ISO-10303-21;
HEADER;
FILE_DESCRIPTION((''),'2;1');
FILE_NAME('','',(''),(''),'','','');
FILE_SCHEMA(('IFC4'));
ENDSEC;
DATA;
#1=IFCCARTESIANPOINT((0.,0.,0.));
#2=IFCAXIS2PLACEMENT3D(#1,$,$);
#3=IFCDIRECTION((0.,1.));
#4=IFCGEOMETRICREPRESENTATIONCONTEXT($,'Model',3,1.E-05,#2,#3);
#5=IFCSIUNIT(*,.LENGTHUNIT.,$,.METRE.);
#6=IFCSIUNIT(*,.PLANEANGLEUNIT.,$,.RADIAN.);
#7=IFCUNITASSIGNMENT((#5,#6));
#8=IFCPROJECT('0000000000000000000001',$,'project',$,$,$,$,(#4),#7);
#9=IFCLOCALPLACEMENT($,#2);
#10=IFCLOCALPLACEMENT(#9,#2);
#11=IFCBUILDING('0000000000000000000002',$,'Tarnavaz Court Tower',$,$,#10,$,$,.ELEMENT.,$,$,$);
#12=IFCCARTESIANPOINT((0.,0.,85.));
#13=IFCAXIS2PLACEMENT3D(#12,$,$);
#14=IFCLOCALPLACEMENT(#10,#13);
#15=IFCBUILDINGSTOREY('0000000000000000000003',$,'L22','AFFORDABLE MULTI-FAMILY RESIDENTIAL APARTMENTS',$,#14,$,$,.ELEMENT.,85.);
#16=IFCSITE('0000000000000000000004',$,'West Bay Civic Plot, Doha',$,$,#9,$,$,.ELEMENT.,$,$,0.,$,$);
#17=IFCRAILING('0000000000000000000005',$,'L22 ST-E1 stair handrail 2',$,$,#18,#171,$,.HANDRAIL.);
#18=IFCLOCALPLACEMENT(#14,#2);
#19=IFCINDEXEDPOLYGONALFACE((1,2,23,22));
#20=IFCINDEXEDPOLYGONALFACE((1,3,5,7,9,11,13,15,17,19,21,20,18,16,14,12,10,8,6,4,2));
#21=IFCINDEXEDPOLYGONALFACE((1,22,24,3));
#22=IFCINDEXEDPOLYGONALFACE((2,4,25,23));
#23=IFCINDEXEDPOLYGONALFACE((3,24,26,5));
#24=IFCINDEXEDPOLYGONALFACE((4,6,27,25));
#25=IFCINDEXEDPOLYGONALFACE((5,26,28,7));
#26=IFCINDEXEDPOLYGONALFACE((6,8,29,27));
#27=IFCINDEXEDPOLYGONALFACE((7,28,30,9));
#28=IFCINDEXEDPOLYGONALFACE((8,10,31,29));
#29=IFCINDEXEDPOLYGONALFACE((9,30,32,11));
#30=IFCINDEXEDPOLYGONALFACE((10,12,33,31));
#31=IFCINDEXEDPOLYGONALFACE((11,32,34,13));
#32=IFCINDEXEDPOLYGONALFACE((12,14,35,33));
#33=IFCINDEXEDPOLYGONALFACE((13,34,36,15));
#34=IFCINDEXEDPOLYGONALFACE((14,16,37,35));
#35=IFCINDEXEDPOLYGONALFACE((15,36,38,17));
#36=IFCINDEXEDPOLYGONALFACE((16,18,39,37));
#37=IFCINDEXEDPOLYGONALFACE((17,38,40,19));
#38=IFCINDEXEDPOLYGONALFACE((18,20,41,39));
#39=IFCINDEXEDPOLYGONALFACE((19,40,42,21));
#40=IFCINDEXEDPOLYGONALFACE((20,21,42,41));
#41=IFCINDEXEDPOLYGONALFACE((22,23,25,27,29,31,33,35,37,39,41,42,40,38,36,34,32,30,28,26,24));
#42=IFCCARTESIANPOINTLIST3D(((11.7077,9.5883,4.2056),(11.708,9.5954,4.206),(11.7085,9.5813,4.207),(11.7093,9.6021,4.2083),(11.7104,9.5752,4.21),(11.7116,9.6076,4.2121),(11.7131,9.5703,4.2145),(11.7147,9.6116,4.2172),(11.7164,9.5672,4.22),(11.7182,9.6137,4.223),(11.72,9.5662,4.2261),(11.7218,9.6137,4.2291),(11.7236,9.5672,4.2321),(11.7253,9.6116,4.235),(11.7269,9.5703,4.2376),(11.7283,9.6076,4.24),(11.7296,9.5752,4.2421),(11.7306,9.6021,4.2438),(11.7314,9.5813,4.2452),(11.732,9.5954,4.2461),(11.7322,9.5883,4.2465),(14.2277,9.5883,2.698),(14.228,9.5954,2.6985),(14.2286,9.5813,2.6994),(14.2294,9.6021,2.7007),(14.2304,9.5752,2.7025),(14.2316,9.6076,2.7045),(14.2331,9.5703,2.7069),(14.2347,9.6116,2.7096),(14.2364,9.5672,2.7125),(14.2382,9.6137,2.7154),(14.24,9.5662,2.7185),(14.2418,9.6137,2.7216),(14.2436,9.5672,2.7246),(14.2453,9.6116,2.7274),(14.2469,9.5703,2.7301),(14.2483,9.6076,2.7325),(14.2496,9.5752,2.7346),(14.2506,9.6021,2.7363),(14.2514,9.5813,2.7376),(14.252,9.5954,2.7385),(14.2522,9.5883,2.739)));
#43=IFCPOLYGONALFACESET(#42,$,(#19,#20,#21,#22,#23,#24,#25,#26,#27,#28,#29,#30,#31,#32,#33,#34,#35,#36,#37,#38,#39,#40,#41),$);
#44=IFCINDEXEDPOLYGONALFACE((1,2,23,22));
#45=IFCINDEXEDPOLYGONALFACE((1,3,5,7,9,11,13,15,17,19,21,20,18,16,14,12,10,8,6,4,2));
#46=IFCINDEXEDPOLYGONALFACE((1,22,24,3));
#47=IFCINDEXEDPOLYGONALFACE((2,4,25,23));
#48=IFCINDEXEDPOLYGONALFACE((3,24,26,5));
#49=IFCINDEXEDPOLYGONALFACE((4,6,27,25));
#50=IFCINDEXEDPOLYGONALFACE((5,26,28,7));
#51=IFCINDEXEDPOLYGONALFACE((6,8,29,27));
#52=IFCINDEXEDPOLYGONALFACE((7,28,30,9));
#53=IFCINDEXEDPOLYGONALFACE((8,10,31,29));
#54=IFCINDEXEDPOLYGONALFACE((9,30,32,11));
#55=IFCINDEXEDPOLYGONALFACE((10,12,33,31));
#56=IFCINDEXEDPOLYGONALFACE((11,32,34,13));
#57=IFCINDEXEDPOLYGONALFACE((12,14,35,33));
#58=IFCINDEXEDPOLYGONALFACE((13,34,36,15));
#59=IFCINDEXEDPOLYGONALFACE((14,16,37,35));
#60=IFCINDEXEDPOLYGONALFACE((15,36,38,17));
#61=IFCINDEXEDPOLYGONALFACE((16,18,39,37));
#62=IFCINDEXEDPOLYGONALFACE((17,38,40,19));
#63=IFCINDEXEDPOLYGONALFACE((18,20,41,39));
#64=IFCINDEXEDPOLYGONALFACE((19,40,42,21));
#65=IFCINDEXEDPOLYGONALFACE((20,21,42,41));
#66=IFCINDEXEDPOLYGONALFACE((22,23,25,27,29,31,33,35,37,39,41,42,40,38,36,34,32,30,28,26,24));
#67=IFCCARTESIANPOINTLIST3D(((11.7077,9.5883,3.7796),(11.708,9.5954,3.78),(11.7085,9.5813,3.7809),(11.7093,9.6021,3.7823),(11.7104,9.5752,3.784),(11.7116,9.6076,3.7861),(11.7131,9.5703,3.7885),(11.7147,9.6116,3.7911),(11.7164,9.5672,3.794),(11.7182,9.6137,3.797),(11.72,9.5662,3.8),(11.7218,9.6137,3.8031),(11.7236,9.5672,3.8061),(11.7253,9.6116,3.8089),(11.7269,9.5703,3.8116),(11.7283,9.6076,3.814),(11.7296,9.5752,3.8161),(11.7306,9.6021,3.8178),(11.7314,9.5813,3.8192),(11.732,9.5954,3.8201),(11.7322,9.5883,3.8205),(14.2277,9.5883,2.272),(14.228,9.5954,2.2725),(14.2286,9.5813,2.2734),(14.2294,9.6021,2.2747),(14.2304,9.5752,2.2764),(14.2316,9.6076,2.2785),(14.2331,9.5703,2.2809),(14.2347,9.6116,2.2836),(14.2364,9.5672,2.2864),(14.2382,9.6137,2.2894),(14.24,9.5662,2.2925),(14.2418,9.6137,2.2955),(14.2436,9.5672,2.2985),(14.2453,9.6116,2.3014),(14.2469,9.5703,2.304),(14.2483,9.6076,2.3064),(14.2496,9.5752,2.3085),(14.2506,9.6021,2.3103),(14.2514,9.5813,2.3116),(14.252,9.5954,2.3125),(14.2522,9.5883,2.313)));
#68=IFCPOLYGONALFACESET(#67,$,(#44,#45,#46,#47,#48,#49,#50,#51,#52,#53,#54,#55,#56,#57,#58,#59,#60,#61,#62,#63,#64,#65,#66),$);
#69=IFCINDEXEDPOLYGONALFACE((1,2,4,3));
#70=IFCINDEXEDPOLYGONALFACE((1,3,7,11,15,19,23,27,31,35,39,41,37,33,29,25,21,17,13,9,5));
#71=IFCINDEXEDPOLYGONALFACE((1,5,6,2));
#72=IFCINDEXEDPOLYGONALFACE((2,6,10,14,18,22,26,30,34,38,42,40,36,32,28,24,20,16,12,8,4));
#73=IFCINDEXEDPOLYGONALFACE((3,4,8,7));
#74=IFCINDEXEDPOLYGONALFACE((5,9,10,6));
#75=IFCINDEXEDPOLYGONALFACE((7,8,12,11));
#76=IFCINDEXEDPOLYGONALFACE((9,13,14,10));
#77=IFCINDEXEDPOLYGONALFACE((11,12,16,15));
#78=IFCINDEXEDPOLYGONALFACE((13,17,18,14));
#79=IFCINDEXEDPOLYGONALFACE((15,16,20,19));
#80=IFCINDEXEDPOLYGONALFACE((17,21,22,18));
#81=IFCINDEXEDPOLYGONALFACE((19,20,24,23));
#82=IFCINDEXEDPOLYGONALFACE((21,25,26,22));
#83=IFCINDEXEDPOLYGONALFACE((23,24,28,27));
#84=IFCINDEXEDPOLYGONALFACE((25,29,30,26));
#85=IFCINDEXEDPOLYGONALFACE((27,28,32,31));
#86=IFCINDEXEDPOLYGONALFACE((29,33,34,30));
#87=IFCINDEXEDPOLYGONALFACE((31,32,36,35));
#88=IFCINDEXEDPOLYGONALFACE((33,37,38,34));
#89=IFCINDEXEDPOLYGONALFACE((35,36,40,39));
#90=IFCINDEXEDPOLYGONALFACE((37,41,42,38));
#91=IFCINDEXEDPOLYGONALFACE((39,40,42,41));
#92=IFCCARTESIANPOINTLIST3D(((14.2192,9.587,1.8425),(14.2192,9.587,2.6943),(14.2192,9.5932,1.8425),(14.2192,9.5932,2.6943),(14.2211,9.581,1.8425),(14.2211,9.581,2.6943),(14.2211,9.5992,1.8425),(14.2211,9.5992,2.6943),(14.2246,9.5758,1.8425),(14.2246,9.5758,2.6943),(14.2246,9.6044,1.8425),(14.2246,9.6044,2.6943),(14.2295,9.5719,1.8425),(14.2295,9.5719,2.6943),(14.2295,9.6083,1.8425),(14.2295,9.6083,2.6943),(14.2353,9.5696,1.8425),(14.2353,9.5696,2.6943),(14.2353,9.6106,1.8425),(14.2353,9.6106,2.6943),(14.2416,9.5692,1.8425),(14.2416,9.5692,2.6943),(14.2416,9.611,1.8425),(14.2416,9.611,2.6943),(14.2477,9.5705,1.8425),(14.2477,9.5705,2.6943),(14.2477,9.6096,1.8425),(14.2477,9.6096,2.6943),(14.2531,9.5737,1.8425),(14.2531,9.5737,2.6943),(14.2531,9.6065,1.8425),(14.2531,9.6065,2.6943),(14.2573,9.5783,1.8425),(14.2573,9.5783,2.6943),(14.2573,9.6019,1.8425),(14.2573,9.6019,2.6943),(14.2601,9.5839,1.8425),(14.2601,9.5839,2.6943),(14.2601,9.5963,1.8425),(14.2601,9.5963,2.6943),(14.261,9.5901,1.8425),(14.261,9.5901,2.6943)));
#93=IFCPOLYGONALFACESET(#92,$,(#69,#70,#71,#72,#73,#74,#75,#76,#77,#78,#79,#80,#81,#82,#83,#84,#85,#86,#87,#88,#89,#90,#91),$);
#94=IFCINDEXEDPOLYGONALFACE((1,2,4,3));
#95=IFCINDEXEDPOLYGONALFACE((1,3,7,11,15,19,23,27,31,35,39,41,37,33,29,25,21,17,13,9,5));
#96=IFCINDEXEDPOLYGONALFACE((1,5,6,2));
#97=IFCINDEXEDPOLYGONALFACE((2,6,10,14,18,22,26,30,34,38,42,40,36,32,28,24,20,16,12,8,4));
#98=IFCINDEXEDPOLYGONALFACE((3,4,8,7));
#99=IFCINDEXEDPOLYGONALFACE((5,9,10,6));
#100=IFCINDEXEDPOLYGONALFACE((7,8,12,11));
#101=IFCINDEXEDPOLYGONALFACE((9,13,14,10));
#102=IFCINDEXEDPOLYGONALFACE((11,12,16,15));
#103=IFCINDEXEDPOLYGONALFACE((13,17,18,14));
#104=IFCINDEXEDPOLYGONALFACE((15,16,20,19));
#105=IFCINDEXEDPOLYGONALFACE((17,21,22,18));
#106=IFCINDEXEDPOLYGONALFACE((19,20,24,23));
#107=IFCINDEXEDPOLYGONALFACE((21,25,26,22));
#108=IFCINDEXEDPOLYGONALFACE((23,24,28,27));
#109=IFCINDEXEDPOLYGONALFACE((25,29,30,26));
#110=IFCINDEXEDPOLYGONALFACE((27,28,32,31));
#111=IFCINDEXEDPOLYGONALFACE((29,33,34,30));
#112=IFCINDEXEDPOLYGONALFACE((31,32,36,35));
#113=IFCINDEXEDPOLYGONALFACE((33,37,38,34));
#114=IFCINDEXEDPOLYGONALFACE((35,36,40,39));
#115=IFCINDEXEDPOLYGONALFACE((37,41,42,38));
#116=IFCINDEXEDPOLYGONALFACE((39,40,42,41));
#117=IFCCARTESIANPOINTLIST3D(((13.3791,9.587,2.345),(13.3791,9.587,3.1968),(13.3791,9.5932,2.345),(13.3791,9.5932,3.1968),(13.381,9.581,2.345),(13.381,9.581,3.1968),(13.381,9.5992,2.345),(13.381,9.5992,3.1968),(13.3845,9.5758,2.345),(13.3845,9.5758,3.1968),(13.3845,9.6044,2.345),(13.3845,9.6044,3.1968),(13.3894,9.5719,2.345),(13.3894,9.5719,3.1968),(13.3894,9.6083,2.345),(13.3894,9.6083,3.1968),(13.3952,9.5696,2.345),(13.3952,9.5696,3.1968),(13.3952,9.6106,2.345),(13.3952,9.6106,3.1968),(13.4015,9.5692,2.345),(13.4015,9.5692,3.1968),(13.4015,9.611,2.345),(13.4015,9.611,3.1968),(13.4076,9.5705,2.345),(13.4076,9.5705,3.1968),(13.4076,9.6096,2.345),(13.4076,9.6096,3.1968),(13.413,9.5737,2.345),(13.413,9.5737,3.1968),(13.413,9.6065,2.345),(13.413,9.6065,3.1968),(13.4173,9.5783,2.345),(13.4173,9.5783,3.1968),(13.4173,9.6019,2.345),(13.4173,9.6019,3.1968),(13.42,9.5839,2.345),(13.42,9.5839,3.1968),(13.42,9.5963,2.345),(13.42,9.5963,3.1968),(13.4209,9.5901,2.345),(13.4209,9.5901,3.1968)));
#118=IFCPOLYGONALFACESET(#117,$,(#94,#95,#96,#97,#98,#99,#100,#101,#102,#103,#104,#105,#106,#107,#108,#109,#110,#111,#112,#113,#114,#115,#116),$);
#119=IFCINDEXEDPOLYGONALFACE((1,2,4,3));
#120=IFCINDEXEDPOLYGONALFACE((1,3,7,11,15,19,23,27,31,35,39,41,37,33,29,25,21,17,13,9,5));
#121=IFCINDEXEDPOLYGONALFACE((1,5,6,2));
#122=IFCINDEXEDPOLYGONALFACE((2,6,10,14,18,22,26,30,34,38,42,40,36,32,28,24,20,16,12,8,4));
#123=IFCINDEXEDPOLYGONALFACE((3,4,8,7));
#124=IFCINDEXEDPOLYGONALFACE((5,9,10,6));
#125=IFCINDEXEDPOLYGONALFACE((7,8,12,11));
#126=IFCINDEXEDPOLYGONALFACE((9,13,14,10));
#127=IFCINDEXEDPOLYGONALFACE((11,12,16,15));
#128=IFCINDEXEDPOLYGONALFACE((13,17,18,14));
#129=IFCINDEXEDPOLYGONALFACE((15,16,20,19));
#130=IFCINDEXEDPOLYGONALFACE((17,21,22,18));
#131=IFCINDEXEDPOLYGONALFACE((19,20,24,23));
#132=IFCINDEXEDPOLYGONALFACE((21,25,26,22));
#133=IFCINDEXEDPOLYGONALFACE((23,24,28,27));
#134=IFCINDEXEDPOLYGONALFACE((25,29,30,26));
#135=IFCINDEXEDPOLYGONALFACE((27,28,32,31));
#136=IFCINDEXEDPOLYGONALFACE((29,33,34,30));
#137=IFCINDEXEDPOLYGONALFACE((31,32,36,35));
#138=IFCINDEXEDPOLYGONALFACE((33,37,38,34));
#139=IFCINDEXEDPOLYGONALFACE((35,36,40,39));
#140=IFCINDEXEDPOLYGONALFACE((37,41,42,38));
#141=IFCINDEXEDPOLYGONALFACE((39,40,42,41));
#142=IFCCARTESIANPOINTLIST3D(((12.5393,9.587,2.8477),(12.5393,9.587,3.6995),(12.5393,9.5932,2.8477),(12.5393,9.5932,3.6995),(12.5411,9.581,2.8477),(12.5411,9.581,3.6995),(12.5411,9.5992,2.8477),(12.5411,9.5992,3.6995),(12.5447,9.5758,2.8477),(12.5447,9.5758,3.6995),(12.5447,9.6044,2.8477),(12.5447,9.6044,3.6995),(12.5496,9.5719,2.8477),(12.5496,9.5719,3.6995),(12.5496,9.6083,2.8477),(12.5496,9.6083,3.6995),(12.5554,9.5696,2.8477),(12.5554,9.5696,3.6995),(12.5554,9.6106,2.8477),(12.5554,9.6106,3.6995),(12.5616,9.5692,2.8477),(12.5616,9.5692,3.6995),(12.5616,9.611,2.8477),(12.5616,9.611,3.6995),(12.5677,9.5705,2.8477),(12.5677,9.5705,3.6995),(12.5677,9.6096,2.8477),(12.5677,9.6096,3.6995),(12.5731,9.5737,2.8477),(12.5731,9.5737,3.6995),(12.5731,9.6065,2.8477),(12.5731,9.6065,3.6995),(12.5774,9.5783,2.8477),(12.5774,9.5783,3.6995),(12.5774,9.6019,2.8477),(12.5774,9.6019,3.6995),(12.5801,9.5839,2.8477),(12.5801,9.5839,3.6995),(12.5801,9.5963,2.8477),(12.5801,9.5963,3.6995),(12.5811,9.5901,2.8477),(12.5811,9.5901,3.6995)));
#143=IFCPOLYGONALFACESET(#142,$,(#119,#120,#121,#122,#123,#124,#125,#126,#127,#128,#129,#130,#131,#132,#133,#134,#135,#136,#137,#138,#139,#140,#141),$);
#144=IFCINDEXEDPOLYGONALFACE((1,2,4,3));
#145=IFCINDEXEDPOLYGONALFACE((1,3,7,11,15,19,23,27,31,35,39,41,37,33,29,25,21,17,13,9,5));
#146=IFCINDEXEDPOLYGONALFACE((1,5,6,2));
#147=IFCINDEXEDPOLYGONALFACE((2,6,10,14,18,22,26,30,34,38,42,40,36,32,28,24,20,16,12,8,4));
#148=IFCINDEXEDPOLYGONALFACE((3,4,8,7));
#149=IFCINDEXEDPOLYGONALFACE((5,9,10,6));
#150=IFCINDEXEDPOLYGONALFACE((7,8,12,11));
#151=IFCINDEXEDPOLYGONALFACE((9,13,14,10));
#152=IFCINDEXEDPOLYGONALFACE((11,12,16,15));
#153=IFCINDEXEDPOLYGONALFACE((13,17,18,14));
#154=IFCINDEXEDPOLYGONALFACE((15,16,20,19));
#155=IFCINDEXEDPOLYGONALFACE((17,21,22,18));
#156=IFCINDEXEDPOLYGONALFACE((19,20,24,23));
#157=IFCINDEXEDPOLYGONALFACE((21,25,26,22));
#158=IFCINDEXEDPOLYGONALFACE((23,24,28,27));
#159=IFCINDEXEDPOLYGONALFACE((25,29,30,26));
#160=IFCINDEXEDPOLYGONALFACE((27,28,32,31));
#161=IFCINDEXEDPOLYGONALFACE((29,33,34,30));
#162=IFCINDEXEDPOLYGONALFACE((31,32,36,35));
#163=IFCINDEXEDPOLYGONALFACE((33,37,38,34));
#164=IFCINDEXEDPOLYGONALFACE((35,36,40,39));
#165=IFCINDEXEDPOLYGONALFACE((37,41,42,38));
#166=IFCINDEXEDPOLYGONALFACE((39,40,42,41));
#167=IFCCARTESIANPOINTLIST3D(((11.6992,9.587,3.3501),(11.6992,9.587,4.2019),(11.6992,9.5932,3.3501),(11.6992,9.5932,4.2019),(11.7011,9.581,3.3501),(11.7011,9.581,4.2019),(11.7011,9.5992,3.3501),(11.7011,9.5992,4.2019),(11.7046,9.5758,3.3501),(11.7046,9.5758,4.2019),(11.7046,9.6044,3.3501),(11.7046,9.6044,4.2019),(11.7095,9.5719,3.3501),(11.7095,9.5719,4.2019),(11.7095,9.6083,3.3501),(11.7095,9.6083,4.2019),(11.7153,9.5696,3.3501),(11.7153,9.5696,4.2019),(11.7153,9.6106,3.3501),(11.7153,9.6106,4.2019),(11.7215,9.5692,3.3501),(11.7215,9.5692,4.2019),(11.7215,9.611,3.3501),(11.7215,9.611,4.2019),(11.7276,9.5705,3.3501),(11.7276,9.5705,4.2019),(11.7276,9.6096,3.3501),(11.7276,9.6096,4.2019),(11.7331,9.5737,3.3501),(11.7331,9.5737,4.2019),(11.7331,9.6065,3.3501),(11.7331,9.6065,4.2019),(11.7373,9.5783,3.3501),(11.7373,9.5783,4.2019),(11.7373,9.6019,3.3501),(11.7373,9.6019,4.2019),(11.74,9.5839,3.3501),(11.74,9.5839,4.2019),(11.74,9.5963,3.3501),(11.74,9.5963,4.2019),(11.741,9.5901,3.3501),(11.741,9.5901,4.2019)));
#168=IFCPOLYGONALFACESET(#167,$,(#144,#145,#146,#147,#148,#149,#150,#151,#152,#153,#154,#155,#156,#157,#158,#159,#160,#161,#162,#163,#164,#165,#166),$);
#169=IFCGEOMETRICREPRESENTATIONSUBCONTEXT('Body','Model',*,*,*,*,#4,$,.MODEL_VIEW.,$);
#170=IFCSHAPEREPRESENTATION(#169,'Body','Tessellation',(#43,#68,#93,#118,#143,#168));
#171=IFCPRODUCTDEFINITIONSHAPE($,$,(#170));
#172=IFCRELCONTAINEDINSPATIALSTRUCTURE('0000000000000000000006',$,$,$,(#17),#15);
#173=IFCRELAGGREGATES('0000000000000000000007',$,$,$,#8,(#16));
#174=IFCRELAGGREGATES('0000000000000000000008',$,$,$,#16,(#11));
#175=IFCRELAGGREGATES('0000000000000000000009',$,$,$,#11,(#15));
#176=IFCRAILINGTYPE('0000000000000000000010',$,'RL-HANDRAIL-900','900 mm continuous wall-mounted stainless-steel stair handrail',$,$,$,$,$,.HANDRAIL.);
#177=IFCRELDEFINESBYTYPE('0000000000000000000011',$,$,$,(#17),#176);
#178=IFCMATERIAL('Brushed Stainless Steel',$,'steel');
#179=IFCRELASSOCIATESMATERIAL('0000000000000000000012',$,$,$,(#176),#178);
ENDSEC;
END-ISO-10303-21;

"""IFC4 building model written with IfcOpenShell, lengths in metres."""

from ifc_helpers import new_model, si_unit, direction, frame, origin, origin_2d, place, context, subcontext, project, spatial, circle, extrude, material, type_object, element, save


model = new_model("IFC4")

# Units and contexts
model_context = context("Model", 3, precision=1e-05, world=origin(), true_north=direction((0.0, 1.0)))
body_context = subcontext(model_context, "Body", "Model", "MODEL_VIEW")
ifc_project = project(units=[si_unit("LENGTHUNIT", "METRE"), si_unit("PLANEANGLEUNIT", "RADIAN")], contexts=[model_context])

# Site, building, storey
site_placement = place(None, origin())
site = spatial("IfcSite", under=ifc_project, at=site_placement, Name="West Bay Civic Plot, Doha", CompositionType="ELEMENT", RefElevation=0.0)
building_placement = place(site_placement, origin())
building = spatial("IfcBuilding", under=site, at=building_placement, Name="Tarnavaz Court Tower", CompositionType="ELEMENT")
storey_placement = place(building_placement, frame((0.0, 0.0, 85.0)))
storey = spatial("IfcBuildingStorey", under=building, at=storey_placement, Name="L22", Description="AFFORDABLE MULTI-FAMILY RESIDENTIAL APARTMENTS", CompositionType="ELEMENT", Elevation=85.0)

# Railing
ifc_material_1 = material(Name="Brushed Stainless Steel", Category="steel")
railing_type_1 = type_object("IfcRailingType", Name="RL-HANDRAIL-900", Description="900 mm continuous wall-mounted stainless-steel stair handrail", PredefinedType="HANDRAIL", material=ifc_material_1)
railing_1_placement = place(storey_placement, frame((14.24, 9.5901, 1.8425)))
element("IfcRailing", 1, at=railing_1_placement, inside=storey, type_object=railing_type_1, Name="L22 ST-E1 stair handrail 2", PredefinedType="HANDRAIL", context=body_context, shape_type="SweptSolid", body=[
    extrude(circle(Radius=0.0239, at=origin_2d()), frame((0.0, 0.0, 0.876), z_axis=(-0.85816, 0.0, 0.513383), x_axis=(0.0, -1.0, 0.0)), (0.0, 0.0, 1.0), 2.9365),
    extrude(circle(Radius=0.0239, at=origin_2d()), frame((0.0, 0.0, 0.45), z_axis=(-0.85816, 0.0, 0.513383), x_axis=(0.0, -1.0, 0.0)), (0.0, 0.0, 1.0), 2.9365),
    extrude(circle(Radius=0.021, at=origin_2d()), origin(), (0.0, 0.0, 1.0), 0.8518),
    extrude(circle(Radius=0.021, at=origin_2d()), frame((-0.8401, 0.0, 0.5024)), (0.0, 0.0, 1.0), 0.8518),
    extrude(circle(Radius=0.021, at=origin_2d()), frame((-1.6799, 0.0, 1.0051)), (0.0, 0.0, 1.0), 0.8518),
    extrude(circle(Radius=0.021, at=origin_2d()), frame((-2.52, 0.0, 1.5076)), (0.0, 0.0, 1.0), 0.8518),
])

save(model, "model.ifc")
